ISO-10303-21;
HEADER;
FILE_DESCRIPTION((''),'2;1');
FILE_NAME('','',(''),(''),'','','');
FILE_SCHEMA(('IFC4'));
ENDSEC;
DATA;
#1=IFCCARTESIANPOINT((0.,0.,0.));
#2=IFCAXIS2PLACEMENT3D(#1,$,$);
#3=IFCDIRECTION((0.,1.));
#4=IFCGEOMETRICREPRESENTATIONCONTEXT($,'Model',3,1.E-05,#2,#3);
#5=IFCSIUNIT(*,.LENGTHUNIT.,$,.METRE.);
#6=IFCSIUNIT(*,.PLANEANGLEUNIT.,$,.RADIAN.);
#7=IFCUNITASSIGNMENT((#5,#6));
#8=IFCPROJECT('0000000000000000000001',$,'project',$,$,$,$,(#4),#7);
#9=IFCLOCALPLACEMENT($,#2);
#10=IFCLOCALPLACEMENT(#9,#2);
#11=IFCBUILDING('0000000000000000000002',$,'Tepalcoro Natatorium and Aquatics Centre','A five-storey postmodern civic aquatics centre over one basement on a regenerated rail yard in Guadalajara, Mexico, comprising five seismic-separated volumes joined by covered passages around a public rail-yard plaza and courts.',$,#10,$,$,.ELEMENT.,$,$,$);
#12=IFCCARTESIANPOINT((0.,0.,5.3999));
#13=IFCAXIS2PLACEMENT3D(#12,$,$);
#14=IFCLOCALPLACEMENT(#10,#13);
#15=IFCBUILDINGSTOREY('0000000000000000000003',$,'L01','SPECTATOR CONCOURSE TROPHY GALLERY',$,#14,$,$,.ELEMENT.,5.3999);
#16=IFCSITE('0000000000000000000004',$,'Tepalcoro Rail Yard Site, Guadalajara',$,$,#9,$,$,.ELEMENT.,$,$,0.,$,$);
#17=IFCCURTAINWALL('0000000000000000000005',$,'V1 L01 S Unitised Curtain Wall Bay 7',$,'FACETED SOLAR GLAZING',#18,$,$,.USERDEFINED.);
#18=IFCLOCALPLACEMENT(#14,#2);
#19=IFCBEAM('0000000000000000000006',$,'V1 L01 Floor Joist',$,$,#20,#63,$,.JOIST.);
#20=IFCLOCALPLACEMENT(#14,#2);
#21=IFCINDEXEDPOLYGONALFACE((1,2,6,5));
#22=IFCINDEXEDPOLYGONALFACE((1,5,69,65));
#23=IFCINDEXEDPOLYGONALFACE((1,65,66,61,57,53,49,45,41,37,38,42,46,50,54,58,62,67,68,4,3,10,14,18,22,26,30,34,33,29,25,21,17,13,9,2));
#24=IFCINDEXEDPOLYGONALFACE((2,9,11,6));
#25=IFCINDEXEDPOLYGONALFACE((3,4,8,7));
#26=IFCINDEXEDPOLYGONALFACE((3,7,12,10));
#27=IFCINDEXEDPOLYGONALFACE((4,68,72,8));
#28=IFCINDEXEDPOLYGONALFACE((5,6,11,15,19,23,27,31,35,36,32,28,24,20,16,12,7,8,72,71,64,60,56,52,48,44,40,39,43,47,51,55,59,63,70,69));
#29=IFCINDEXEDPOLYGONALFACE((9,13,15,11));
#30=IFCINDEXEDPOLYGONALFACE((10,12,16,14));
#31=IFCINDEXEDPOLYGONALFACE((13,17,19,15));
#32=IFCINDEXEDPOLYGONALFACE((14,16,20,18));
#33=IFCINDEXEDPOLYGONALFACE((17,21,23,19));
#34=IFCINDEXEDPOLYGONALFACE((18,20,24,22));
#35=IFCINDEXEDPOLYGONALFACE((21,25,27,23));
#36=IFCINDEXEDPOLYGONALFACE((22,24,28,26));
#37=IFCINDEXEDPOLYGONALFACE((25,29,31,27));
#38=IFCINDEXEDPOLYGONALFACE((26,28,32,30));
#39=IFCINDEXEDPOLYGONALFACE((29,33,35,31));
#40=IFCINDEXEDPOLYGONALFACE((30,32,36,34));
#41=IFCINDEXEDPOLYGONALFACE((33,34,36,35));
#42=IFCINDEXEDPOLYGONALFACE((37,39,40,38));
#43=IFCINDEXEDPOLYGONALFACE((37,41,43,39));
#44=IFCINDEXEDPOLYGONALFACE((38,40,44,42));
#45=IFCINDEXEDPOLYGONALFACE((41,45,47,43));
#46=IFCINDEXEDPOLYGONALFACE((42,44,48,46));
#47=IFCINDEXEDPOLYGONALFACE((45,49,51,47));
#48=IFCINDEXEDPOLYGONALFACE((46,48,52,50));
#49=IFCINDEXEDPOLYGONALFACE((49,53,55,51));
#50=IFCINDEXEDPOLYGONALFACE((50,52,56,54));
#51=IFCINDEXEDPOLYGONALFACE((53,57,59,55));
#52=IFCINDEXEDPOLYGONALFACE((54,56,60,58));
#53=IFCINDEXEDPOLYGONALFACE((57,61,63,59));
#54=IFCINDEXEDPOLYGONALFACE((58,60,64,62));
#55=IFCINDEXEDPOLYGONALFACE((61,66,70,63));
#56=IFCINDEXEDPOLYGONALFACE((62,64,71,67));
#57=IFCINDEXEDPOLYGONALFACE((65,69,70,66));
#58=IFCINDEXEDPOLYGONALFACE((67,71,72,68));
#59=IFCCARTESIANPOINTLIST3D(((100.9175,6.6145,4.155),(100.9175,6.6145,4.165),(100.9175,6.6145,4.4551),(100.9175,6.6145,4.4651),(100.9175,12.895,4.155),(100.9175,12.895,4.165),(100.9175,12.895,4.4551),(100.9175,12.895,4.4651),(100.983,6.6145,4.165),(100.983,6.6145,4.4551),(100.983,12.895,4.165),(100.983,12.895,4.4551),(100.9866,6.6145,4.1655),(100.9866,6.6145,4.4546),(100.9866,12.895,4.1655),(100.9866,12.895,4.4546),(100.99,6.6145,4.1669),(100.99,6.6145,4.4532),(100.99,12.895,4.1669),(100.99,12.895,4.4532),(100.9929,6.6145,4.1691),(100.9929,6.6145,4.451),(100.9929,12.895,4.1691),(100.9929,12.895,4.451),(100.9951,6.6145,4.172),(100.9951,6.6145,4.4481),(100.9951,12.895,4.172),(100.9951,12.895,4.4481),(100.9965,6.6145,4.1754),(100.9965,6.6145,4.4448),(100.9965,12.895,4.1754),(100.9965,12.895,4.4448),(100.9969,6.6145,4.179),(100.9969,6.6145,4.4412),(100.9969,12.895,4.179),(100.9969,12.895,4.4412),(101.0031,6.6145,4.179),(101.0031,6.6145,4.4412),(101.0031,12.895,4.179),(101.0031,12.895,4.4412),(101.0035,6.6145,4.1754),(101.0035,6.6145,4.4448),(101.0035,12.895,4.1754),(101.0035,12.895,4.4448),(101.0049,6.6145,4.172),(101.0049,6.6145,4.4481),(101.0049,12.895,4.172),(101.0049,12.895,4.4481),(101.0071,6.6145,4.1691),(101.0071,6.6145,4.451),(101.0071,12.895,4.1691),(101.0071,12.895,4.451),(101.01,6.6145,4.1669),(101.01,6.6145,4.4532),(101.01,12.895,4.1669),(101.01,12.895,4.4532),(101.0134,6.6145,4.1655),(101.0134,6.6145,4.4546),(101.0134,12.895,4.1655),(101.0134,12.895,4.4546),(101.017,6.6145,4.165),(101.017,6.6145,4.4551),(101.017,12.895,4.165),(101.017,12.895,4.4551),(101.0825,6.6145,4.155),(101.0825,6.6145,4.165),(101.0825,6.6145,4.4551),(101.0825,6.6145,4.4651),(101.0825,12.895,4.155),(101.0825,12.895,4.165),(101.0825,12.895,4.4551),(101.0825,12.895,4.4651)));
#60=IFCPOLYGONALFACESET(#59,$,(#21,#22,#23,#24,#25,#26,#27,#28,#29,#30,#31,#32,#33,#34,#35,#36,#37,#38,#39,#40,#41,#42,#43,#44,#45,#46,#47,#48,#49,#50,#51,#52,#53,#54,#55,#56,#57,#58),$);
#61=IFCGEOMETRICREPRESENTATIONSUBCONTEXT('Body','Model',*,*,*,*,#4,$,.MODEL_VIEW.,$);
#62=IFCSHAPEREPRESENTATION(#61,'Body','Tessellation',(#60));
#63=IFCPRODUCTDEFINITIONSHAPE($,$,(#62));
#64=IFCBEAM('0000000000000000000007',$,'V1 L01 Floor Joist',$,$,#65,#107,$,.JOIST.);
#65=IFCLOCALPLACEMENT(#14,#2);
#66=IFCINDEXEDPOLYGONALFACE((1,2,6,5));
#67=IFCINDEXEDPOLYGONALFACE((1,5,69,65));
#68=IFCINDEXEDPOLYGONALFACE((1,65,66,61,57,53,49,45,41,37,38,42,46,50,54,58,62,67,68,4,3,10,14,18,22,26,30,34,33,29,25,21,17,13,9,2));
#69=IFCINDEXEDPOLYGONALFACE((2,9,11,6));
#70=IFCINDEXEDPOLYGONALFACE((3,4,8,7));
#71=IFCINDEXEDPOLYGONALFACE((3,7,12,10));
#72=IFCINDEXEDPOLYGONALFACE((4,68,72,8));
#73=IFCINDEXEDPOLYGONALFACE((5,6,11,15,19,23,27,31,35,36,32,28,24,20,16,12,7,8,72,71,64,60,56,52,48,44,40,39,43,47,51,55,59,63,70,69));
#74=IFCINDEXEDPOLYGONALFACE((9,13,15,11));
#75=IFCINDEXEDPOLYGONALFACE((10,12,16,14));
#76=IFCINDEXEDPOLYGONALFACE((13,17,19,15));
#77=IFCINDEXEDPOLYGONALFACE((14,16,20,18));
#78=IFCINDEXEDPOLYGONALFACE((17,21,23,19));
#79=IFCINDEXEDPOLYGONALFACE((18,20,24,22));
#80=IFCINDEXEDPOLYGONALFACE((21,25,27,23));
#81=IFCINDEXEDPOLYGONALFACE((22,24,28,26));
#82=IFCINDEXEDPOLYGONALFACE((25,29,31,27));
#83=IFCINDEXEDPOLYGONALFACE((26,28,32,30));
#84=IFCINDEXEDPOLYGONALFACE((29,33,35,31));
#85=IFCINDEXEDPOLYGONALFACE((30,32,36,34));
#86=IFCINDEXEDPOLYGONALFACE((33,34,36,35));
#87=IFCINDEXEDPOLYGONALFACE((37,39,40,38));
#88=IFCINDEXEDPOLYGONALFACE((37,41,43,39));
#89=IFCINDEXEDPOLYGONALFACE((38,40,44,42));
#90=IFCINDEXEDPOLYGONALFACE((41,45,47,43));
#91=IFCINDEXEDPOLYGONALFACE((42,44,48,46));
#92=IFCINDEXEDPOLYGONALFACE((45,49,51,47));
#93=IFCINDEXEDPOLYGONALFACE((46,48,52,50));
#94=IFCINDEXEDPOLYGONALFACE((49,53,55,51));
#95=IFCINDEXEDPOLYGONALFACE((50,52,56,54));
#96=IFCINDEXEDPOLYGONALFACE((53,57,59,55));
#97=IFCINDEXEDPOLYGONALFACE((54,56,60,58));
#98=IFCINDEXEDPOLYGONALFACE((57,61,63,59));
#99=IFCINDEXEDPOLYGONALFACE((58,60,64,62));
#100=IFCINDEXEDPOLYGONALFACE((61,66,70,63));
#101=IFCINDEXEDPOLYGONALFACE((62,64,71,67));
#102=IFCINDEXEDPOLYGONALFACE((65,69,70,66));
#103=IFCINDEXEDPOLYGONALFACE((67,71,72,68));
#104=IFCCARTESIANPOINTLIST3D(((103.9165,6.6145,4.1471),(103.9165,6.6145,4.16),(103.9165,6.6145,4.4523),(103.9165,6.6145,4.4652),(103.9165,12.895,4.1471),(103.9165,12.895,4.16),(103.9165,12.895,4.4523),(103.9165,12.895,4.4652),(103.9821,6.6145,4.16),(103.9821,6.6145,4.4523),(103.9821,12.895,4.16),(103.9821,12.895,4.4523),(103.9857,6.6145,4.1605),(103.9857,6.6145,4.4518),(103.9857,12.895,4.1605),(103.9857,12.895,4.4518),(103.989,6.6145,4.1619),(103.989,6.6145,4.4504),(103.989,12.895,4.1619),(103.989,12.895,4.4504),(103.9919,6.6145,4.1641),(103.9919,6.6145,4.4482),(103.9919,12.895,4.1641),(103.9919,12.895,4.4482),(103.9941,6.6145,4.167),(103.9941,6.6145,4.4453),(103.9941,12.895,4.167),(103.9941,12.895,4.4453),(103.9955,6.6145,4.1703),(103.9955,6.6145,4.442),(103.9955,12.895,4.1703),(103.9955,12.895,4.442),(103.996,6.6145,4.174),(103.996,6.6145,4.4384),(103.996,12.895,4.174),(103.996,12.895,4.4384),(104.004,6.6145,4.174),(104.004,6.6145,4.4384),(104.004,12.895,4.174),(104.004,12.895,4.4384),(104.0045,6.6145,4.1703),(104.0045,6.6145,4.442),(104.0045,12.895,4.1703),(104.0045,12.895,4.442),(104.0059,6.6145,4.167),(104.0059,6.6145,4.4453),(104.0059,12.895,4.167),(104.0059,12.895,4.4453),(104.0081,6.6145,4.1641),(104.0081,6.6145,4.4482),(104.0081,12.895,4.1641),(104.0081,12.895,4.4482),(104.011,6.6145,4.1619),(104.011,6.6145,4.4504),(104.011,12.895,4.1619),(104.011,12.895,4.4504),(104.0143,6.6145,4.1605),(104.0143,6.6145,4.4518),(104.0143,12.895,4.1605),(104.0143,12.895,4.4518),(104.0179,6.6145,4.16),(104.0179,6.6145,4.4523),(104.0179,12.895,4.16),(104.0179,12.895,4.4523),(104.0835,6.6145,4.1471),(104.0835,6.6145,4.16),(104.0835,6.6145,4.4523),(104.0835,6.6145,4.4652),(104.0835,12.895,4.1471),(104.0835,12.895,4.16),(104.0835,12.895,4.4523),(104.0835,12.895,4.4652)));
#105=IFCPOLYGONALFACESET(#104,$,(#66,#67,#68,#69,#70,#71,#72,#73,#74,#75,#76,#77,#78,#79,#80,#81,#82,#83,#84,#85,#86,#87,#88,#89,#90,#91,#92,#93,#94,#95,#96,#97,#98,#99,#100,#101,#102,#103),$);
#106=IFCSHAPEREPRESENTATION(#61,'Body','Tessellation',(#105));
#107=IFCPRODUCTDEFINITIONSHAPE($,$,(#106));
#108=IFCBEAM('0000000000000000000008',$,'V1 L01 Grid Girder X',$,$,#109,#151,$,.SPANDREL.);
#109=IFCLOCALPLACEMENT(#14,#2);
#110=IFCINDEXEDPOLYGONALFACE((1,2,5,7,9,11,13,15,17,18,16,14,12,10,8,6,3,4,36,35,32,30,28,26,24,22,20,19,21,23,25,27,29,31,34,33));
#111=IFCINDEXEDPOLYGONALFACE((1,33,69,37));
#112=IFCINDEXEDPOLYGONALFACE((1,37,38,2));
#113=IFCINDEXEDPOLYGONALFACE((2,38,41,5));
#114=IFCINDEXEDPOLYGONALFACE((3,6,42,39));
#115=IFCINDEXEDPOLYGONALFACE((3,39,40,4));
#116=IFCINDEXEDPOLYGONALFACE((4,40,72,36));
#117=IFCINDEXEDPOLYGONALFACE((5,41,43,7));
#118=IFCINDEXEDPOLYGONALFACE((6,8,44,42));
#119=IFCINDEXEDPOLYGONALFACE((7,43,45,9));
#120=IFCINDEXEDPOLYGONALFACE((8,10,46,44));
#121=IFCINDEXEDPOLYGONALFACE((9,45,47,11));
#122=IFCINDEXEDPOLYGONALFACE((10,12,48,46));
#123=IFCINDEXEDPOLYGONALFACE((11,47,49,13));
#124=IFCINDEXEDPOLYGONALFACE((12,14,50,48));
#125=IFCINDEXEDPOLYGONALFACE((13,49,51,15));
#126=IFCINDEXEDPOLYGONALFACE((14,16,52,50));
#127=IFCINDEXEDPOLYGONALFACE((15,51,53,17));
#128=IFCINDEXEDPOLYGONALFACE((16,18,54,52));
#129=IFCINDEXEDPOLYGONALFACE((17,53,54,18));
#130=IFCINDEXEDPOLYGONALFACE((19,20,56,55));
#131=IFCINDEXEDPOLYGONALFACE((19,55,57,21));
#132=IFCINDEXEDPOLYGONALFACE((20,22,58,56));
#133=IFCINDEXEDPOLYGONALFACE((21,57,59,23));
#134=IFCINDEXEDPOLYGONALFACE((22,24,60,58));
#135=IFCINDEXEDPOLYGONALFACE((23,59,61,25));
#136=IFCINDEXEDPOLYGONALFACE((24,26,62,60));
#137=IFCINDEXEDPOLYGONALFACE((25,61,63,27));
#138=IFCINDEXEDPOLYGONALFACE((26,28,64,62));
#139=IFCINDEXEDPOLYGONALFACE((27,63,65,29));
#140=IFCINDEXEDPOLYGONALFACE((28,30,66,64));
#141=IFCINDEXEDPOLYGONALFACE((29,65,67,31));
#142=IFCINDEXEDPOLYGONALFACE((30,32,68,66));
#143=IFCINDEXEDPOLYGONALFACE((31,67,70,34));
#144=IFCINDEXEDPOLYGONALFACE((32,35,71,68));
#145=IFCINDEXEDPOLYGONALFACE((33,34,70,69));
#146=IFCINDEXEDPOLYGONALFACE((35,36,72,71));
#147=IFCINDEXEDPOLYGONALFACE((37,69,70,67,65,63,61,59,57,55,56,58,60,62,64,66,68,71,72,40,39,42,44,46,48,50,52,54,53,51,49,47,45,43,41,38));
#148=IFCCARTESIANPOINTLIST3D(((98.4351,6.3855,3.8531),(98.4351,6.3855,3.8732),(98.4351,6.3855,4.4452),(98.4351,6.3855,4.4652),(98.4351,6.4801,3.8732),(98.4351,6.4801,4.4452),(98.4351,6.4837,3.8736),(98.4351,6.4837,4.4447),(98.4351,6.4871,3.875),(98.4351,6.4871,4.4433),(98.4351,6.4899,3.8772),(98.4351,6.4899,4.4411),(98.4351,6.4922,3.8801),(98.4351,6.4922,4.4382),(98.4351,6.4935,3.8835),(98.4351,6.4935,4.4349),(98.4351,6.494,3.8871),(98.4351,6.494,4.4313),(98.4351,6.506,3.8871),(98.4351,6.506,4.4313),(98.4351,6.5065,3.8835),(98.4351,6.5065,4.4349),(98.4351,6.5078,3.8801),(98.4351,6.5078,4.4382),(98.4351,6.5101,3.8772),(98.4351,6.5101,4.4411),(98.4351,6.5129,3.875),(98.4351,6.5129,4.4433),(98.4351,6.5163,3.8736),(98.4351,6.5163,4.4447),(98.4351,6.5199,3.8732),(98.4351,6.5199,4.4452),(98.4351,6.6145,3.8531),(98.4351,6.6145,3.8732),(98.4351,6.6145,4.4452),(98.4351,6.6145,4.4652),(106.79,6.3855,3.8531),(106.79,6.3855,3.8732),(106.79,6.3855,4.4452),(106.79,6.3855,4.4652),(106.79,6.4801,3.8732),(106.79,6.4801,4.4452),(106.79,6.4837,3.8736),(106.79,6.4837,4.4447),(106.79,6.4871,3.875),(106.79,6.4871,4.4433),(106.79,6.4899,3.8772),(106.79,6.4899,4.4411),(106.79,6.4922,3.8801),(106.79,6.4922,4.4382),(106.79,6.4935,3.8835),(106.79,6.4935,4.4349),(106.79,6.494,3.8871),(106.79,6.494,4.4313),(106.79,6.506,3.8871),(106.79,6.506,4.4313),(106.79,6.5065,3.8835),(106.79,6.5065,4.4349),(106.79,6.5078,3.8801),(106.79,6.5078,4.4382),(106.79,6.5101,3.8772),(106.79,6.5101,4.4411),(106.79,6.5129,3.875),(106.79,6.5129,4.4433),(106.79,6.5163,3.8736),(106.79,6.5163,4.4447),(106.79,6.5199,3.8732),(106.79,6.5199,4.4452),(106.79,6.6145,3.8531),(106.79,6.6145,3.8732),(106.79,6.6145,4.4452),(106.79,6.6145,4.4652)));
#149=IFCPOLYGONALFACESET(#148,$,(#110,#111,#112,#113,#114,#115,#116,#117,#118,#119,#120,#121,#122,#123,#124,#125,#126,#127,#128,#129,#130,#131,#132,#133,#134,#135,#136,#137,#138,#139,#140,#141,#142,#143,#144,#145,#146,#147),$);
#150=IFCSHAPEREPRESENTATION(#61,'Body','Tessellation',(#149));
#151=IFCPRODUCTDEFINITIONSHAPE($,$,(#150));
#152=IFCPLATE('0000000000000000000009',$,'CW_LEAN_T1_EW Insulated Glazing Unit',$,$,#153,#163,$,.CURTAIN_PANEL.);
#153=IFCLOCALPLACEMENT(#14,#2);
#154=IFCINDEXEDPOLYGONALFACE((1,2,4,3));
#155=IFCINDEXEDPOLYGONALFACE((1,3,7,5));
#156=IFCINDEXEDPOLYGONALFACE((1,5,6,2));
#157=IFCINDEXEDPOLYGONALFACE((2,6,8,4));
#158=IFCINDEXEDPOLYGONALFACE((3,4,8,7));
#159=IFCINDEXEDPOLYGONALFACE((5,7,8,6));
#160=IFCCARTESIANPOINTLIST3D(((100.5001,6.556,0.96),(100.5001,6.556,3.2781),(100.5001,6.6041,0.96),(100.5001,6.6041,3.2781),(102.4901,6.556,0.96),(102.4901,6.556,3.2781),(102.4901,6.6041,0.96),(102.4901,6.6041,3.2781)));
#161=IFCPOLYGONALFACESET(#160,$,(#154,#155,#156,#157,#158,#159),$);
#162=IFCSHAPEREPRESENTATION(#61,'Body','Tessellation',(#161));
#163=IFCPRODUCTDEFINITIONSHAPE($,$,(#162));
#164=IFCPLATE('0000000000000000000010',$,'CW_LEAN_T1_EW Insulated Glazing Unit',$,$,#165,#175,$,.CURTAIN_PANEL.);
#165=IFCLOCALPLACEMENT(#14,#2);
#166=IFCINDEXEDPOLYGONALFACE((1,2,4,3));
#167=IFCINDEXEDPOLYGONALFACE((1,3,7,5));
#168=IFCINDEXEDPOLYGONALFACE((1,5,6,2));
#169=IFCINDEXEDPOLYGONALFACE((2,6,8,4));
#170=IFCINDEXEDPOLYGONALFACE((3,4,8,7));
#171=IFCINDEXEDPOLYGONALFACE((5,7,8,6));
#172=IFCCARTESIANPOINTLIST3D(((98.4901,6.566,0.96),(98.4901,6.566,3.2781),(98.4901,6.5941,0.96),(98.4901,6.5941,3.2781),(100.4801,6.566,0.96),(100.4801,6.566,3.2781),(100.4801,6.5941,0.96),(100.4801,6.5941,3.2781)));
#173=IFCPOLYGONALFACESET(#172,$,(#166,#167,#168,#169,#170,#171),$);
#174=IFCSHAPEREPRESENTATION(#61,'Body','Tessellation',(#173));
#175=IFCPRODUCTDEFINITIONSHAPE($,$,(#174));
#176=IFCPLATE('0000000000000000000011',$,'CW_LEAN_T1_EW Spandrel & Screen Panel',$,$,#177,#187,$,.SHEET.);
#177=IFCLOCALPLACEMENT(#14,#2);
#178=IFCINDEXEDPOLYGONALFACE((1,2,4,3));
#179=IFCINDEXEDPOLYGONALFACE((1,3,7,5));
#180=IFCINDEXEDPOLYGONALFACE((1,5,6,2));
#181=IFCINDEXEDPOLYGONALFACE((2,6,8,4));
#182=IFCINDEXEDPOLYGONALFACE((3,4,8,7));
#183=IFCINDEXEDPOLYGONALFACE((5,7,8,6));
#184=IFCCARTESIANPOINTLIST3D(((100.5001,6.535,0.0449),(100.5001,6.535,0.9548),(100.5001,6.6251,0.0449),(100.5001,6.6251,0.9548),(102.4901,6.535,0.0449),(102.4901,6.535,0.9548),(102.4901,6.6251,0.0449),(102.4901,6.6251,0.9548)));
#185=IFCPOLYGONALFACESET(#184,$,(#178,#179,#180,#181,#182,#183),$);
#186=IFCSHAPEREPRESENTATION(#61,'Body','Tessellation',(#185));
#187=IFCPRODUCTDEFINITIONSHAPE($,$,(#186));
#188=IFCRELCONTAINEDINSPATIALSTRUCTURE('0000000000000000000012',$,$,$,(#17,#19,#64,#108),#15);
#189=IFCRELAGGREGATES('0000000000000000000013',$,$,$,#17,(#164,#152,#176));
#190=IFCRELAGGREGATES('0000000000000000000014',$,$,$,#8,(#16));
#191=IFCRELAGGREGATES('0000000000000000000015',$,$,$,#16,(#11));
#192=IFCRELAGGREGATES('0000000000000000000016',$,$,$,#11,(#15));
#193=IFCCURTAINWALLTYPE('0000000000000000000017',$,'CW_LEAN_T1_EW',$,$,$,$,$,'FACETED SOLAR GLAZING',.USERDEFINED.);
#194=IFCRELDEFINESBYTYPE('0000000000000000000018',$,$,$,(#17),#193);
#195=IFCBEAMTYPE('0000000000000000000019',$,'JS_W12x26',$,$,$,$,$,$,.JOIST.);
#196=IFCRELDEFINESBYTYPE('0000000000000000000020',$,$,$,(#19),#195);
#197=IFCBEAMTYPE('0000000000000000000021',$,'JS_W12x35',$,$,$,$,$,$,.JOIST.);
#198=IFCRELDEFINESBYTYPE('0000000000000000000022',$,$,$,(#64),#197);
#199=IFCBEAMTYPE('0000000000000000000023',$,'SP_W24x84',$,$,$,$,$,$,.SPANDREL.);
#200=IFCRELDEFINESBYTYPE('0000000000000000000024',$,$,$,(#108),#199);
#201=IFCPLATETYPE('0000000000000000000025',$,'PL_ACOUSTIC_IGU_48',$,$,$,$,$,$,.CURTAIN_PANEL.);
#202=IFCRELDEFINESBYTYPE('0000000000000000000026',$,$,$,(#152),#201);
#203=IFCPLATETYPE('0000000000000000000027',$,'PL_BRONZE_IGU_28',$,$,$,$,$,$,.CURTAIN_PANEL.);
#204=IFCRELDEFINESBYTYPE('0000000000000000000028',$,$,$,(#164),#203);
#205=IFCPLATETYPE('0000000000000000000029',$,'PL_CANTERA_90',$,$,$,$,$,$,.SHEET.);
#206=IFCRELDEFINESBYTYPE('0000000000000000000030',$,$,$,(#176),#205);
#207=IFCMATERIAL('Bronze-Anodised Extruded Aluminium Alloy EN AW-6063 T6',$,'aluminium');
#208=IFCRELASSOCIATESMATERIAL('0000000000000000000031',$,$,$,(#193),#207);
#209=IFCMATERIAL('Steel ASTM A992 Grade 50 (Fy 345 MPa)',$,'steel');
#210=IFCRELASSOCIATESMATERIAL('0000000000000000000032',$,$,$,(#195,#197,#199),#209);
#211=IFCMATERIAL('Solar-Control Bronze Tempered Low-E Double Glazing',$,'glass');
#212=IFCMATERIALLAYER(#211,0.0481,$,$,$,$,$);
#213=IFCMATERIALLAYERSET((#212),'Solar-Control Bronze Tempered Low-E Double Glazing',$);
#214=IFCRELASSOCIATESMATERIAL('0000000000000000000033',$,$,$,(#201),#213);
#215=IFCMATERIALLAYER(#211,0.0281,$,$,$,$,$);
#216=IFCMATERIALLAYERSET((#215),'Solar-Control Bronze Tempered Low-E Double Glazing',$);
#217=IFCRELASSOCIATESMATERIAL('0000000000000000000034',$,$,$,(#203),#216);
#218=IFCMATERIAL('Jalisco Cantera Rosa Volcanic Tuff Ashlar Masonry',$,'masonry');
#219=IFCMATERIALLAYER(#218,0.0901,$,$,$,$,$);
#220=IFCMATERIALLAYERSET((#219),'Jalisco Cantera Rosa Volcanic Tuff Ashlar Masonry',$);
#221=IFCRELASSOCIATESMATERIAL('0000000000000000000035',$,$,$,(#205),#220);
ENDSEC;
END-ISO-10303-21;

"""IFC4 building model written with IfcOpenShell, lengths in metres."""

from ifc_helpers import new_model, si_unit, direction, frame, origin, origin_2d, place, context, subcontext, project, spatial, rectangle, i_section, extrude, material, layer, layer_set, material_profile, profile_set, type_object, element, aggregate, save


model = new_model("IFC4")

# Units and contexts
model_context = context("Model", 3, precision=1e-05, world=origin(), true_north=direction((0.0, 1.0)))
body_context = subcontext(model_context, "Body", "Model", "MODEL_VIEW")
ifc_project = project(units=[si_unit("LENGTHUNIT", "METRE"), si_unit("PLANEANGLEUNIT", "RADIAN")], contexts=[model_context])

# Site, building, storey
site_placement = place(None, origin())
site = spatial("IfcSite", under=ifc_project, at=site_placement, Name="Tepalcoro Rail Yard Site, Guadalajara", CompositionType="ELEMENT", RefElevation=0.0)
building_placement = place(site_placement, origin())
building = spatial("IfcBuilding", under=site, at=building_placement, Name="Tepalcoro Natatorium and Aquatics Centre", Description="A five-storey postmodern civic aquatics centre over one basement on a regenerated rail yard in Guadalajara, Mexico, comprising five seismic-separated volumes joined by covered passages around a public rail-yard plaza and courts.", CompositionType="ELEMENT")
storey_placement = place(building_placement, frame((0.0, 0.0, 5.3999)))
storey = spatial("IfcBuildingStorey", under=building, at=storey_placement, Name="L01", Description="SPECTATOR CONCOURSE TROPHY GALLERY", CompositionType="ELEMENT", Elevation=5.3999)

# Shared definitions
ifc_material_1 = material(Name="Steel ASTM A992 Grade 50 (Fy 345 MPa)", Category="steel")

# Curtain wall
ifc_material_2 = material(Name="Bronze-Anodised Extruded Aluminium Alloy EN AW-6063 T6", Category="aluminium")
curtain_wall_type = type_object("IfcCurtainWallType", Name="CW_LEAN_T1_EW", ElementType="FACETED SOLAR GLAZING", PredefinedType="USERDEFINED", material=ifc_material_2)
curtain_wall_placement = place(storey_placement, origin())
curtain_wall = element("IfcCurtainWall", 1, at=curtain_wall_placement, inside=storey, type_object=curtain_wall_type, Name="V1 L01 S Unitised Curtain Wall Bay 7", ObjectType="FACETED SOLAR GLAZING", PredefinedType="USERDEFINED")

# Beams
ifc_material_profile_1 = material_profile(ifc_material_1, i_section(OverallWidth=0.165, OverallDepth=0.3101, WebThickness=0.0061, FlangeThickness=0.01, FilletRadius=0.0139, at=origin_2d()), Name="W12X26")
ifc_profile_set_1 = profile_set([ifc_material_profile_1], Name="Steel ASTM A992 Grade 50 (Fy 345 MPa)")
beam_type_1 = type_object("IfcBeamType", Name="JS_W12x26", PredefinedType="JOIST", material=ifc_profile_set_1)
beam_1_placement = place(storey_placement, frame((101.0, 6.6145, 4.3101), z_axis=(0.0, 1.0, 0.0), x_axis=(-1.0, 0.0, 0.0)))
element("IfcBeam", 2, at=beam_1_placement, inside=storey, type_object=beam_type_1, Name="V1 L01 Floor Joist", PredefinedType="JOIST", context=body_context, shape_type="SweptSolid", body=[
    extrude(i_section(OverallWidth=0.165, OverallDepth=0.3101, WebThickness=0.0061, FlangeThickness=0.01, FilletRadius=0.0139, at=origin_2d()), origin(), (0.0, 0.0, 1.0), 6.2805),
])
ifc_material_profile_2 = material_profile(ifc_material_1, i_section(OverallWidth=0.167, OverallDepth=0.3181, WebThickness=0.0081, FlangeThickness=0.0129, FilletRadius=0.0139, at=origin_2d()), Name="W12X35")
ifc_profile_set_2 = profile_set([ifc_material_profile_2], Name="Steel ASTM A992 Grade 50 (Fy 345 MPa)")
beam_type_2 = type_object("IfcBeamType", Name="JS_W12x35", PredefinedType="JOIST", material=ifc_profile_set_2)
beam_2_placement = place(storey_placement, frame((104.0, 6.6145, 4.3062), z_axis=(0.0, 1.0, 0.0), x_axis=(-1.0, 0.0, 0.0)))
element("IfcBeam", 3, at=beam_2_placement, inside=storey, type_object=beam_type_2, Name="V1 L01 Floor Joist", PredefinedType="JOIST", context=body_context, shape_type="SweptSolid", body=[
    extrude(i_section(OverallWidth=0.167, OverallDepth=0.3181, WebThickness=0.0081, FlangeThickness=0.0129, FilletRadius=0.0139, at=origin_2d()), origin(), (0.0, 0.0, 1.0), 6.2805),
])
ifc_material_profile_3 = material_profile(ifc_material_1, i_section(OverallWidth=0.229, OverallDepth=0.6121, WebThickness=0.012, FlangeThickness=0.02, FilletRadius=0.0139, at=origin_2d()), Name="W24X84")
ifc_profile_set_3 = profile_set([ifc_material_profile_3], Name="Steel ASTM A992 Grade 50 (Fy 345 MPa)")
beam_type_3 = type_object("IfcBeamType", Name="SP_W24x84", PredefinedType="SPANDREL", material=ifc_profile_set_3)
beam_3_placement = place(storey_placement, frame((98.4351, 6.5, 4.1592), z_axis=(1.0, 0.0, 0.0), x_axis=(0.0, 1.0, 0.0)))
element("IfcBeam", 4, at=beam_3_placement, inside=storey, type_object=beam_type_3, Name="V1 L01 Grid Girder X", PredefinedType="SPANDREL", context=body_context, shape_type="SweptSolid", body=[
    extrude(i_section(OverallWidth=0.229, OverallDepth=0.6121, WebThickness=0.012, FlangeThickness=0.02, FilletRadius=0.0139, at=origin_2d()), origin(), (0.0, 0.0, 1.0), 8.355),
])

# Plates
ifc_material_3 = material(Name="Solar-Control Bronze Tempered Low-E Double Glazing", Category="glass")
ifc_layer_1 = layer(ifc_material_3, 0.0481)
ifc_layer_set_1 = layer_set([ifc_layer_1], Name="Solar-Control Bronze Tempered Low-E Double Glazing")
plate_type_1 = type_object("IfcPlateType", Name="PL_ACOUSTIC_IGU_48", PredefinedType="CURTAIN_PANEL", material=ifc_layer_set_1)
plate_1_placement = place(storey_placement, frame((101.4951, 6.5801, 0.96), z_axis=(0.0, 0.0, 1.0), x_axis=(1.0, 0.0, 0.0)))
plate_1 = element("IfcPlate", 5, at=plate_1_placement, type_object=plate_type_1, Name="CW_LEAN_T1_EW Insulated Glazing Unit", PredefinedType="CURTAIN_PANEL", context=body_context, shape_type="SweptSolid", body=[
    extrude(rectangle(XDim=1.99, YDim=0.0481, at=origin_2d()), origin(), (0.0, 0.0, 1.0), 2.3181),
])
ifc_layer_2 = layer(ifc_material_3, 0.0281)
ifc_layer_set_2 = layer_set([ifc_layer_2], Name="Solar-Control Bronze Tempered Low-E Double Glazing")
plate_type_2 = type_object("IfcPlateType", Name="PL_BRONZE_IGU_28", PredefinedType="CURTAIN_PANEL", material=ifc_layer_set_2)
plate_2_placement = place(storey_placement, frame((99.4851, 6.5801, 0.96), z_axis=(0.0, 0.0, 1.0), x_axis=(1.0, 0.0, 0.0)))
plate_2 = element("IfcPlate", 6, at=plate_2_placement, type_object=plate_type_2, Name="CW_LEAN_T1_EW Insulated Glazing Unit", PredefinedType="CURTAIN_PANEL", context=body_context, shape_type="SweptSolid", body=[
    extrude(rectangle(XDim=1.99, YDim=0.0281, at=origin_2d()), origin(), (0.0, 0.0, 1.0), 2.3181),
])
ifc_material_4 = material(Name="Jalisco Cantera Rosa Volcanic Tuff Ashlar Masonry", Category="masonry")
ifc_layer_3 = layer(ifc_material_4, 0.0901)
ifc_layer_set_3 = layer_set([ifc_layer_3], Name="Jalisco Cantera Rosa Volcanic Tuff Ashlar Masonry")
plate_type_3 = type_object("IfcPlateType", Name="PL_CANTERA_90", PredefinedType="SHEET", material=ifc_layer_set_3)
plate_3_placement = place(storey_placement, frame((101.4951, 6.5801, 0.0449), z_axis=(0.0, 0.0, 1.0), x_axis=(1.0, 0.0, 0.0)))
plate_3 = element("IfcPlate", 7, at=plate_3_placement, type_object=plate_type_3, Name="CW_LEAN_T1_EW Spandrel & Screen Panel", PredefinedType="SHEET", context=body_context, shape_type="SweptSolid", body=[
    extrude(rectangle(XDim=1.99, YDim=0.0901, at=origin_2d()), origin(), (0.0, 0.0, 1.0), 0.9099),
])
aggregate(curtain_wall, [plate_2, plate_1, plate_3])

save(model, "model.ifc")
